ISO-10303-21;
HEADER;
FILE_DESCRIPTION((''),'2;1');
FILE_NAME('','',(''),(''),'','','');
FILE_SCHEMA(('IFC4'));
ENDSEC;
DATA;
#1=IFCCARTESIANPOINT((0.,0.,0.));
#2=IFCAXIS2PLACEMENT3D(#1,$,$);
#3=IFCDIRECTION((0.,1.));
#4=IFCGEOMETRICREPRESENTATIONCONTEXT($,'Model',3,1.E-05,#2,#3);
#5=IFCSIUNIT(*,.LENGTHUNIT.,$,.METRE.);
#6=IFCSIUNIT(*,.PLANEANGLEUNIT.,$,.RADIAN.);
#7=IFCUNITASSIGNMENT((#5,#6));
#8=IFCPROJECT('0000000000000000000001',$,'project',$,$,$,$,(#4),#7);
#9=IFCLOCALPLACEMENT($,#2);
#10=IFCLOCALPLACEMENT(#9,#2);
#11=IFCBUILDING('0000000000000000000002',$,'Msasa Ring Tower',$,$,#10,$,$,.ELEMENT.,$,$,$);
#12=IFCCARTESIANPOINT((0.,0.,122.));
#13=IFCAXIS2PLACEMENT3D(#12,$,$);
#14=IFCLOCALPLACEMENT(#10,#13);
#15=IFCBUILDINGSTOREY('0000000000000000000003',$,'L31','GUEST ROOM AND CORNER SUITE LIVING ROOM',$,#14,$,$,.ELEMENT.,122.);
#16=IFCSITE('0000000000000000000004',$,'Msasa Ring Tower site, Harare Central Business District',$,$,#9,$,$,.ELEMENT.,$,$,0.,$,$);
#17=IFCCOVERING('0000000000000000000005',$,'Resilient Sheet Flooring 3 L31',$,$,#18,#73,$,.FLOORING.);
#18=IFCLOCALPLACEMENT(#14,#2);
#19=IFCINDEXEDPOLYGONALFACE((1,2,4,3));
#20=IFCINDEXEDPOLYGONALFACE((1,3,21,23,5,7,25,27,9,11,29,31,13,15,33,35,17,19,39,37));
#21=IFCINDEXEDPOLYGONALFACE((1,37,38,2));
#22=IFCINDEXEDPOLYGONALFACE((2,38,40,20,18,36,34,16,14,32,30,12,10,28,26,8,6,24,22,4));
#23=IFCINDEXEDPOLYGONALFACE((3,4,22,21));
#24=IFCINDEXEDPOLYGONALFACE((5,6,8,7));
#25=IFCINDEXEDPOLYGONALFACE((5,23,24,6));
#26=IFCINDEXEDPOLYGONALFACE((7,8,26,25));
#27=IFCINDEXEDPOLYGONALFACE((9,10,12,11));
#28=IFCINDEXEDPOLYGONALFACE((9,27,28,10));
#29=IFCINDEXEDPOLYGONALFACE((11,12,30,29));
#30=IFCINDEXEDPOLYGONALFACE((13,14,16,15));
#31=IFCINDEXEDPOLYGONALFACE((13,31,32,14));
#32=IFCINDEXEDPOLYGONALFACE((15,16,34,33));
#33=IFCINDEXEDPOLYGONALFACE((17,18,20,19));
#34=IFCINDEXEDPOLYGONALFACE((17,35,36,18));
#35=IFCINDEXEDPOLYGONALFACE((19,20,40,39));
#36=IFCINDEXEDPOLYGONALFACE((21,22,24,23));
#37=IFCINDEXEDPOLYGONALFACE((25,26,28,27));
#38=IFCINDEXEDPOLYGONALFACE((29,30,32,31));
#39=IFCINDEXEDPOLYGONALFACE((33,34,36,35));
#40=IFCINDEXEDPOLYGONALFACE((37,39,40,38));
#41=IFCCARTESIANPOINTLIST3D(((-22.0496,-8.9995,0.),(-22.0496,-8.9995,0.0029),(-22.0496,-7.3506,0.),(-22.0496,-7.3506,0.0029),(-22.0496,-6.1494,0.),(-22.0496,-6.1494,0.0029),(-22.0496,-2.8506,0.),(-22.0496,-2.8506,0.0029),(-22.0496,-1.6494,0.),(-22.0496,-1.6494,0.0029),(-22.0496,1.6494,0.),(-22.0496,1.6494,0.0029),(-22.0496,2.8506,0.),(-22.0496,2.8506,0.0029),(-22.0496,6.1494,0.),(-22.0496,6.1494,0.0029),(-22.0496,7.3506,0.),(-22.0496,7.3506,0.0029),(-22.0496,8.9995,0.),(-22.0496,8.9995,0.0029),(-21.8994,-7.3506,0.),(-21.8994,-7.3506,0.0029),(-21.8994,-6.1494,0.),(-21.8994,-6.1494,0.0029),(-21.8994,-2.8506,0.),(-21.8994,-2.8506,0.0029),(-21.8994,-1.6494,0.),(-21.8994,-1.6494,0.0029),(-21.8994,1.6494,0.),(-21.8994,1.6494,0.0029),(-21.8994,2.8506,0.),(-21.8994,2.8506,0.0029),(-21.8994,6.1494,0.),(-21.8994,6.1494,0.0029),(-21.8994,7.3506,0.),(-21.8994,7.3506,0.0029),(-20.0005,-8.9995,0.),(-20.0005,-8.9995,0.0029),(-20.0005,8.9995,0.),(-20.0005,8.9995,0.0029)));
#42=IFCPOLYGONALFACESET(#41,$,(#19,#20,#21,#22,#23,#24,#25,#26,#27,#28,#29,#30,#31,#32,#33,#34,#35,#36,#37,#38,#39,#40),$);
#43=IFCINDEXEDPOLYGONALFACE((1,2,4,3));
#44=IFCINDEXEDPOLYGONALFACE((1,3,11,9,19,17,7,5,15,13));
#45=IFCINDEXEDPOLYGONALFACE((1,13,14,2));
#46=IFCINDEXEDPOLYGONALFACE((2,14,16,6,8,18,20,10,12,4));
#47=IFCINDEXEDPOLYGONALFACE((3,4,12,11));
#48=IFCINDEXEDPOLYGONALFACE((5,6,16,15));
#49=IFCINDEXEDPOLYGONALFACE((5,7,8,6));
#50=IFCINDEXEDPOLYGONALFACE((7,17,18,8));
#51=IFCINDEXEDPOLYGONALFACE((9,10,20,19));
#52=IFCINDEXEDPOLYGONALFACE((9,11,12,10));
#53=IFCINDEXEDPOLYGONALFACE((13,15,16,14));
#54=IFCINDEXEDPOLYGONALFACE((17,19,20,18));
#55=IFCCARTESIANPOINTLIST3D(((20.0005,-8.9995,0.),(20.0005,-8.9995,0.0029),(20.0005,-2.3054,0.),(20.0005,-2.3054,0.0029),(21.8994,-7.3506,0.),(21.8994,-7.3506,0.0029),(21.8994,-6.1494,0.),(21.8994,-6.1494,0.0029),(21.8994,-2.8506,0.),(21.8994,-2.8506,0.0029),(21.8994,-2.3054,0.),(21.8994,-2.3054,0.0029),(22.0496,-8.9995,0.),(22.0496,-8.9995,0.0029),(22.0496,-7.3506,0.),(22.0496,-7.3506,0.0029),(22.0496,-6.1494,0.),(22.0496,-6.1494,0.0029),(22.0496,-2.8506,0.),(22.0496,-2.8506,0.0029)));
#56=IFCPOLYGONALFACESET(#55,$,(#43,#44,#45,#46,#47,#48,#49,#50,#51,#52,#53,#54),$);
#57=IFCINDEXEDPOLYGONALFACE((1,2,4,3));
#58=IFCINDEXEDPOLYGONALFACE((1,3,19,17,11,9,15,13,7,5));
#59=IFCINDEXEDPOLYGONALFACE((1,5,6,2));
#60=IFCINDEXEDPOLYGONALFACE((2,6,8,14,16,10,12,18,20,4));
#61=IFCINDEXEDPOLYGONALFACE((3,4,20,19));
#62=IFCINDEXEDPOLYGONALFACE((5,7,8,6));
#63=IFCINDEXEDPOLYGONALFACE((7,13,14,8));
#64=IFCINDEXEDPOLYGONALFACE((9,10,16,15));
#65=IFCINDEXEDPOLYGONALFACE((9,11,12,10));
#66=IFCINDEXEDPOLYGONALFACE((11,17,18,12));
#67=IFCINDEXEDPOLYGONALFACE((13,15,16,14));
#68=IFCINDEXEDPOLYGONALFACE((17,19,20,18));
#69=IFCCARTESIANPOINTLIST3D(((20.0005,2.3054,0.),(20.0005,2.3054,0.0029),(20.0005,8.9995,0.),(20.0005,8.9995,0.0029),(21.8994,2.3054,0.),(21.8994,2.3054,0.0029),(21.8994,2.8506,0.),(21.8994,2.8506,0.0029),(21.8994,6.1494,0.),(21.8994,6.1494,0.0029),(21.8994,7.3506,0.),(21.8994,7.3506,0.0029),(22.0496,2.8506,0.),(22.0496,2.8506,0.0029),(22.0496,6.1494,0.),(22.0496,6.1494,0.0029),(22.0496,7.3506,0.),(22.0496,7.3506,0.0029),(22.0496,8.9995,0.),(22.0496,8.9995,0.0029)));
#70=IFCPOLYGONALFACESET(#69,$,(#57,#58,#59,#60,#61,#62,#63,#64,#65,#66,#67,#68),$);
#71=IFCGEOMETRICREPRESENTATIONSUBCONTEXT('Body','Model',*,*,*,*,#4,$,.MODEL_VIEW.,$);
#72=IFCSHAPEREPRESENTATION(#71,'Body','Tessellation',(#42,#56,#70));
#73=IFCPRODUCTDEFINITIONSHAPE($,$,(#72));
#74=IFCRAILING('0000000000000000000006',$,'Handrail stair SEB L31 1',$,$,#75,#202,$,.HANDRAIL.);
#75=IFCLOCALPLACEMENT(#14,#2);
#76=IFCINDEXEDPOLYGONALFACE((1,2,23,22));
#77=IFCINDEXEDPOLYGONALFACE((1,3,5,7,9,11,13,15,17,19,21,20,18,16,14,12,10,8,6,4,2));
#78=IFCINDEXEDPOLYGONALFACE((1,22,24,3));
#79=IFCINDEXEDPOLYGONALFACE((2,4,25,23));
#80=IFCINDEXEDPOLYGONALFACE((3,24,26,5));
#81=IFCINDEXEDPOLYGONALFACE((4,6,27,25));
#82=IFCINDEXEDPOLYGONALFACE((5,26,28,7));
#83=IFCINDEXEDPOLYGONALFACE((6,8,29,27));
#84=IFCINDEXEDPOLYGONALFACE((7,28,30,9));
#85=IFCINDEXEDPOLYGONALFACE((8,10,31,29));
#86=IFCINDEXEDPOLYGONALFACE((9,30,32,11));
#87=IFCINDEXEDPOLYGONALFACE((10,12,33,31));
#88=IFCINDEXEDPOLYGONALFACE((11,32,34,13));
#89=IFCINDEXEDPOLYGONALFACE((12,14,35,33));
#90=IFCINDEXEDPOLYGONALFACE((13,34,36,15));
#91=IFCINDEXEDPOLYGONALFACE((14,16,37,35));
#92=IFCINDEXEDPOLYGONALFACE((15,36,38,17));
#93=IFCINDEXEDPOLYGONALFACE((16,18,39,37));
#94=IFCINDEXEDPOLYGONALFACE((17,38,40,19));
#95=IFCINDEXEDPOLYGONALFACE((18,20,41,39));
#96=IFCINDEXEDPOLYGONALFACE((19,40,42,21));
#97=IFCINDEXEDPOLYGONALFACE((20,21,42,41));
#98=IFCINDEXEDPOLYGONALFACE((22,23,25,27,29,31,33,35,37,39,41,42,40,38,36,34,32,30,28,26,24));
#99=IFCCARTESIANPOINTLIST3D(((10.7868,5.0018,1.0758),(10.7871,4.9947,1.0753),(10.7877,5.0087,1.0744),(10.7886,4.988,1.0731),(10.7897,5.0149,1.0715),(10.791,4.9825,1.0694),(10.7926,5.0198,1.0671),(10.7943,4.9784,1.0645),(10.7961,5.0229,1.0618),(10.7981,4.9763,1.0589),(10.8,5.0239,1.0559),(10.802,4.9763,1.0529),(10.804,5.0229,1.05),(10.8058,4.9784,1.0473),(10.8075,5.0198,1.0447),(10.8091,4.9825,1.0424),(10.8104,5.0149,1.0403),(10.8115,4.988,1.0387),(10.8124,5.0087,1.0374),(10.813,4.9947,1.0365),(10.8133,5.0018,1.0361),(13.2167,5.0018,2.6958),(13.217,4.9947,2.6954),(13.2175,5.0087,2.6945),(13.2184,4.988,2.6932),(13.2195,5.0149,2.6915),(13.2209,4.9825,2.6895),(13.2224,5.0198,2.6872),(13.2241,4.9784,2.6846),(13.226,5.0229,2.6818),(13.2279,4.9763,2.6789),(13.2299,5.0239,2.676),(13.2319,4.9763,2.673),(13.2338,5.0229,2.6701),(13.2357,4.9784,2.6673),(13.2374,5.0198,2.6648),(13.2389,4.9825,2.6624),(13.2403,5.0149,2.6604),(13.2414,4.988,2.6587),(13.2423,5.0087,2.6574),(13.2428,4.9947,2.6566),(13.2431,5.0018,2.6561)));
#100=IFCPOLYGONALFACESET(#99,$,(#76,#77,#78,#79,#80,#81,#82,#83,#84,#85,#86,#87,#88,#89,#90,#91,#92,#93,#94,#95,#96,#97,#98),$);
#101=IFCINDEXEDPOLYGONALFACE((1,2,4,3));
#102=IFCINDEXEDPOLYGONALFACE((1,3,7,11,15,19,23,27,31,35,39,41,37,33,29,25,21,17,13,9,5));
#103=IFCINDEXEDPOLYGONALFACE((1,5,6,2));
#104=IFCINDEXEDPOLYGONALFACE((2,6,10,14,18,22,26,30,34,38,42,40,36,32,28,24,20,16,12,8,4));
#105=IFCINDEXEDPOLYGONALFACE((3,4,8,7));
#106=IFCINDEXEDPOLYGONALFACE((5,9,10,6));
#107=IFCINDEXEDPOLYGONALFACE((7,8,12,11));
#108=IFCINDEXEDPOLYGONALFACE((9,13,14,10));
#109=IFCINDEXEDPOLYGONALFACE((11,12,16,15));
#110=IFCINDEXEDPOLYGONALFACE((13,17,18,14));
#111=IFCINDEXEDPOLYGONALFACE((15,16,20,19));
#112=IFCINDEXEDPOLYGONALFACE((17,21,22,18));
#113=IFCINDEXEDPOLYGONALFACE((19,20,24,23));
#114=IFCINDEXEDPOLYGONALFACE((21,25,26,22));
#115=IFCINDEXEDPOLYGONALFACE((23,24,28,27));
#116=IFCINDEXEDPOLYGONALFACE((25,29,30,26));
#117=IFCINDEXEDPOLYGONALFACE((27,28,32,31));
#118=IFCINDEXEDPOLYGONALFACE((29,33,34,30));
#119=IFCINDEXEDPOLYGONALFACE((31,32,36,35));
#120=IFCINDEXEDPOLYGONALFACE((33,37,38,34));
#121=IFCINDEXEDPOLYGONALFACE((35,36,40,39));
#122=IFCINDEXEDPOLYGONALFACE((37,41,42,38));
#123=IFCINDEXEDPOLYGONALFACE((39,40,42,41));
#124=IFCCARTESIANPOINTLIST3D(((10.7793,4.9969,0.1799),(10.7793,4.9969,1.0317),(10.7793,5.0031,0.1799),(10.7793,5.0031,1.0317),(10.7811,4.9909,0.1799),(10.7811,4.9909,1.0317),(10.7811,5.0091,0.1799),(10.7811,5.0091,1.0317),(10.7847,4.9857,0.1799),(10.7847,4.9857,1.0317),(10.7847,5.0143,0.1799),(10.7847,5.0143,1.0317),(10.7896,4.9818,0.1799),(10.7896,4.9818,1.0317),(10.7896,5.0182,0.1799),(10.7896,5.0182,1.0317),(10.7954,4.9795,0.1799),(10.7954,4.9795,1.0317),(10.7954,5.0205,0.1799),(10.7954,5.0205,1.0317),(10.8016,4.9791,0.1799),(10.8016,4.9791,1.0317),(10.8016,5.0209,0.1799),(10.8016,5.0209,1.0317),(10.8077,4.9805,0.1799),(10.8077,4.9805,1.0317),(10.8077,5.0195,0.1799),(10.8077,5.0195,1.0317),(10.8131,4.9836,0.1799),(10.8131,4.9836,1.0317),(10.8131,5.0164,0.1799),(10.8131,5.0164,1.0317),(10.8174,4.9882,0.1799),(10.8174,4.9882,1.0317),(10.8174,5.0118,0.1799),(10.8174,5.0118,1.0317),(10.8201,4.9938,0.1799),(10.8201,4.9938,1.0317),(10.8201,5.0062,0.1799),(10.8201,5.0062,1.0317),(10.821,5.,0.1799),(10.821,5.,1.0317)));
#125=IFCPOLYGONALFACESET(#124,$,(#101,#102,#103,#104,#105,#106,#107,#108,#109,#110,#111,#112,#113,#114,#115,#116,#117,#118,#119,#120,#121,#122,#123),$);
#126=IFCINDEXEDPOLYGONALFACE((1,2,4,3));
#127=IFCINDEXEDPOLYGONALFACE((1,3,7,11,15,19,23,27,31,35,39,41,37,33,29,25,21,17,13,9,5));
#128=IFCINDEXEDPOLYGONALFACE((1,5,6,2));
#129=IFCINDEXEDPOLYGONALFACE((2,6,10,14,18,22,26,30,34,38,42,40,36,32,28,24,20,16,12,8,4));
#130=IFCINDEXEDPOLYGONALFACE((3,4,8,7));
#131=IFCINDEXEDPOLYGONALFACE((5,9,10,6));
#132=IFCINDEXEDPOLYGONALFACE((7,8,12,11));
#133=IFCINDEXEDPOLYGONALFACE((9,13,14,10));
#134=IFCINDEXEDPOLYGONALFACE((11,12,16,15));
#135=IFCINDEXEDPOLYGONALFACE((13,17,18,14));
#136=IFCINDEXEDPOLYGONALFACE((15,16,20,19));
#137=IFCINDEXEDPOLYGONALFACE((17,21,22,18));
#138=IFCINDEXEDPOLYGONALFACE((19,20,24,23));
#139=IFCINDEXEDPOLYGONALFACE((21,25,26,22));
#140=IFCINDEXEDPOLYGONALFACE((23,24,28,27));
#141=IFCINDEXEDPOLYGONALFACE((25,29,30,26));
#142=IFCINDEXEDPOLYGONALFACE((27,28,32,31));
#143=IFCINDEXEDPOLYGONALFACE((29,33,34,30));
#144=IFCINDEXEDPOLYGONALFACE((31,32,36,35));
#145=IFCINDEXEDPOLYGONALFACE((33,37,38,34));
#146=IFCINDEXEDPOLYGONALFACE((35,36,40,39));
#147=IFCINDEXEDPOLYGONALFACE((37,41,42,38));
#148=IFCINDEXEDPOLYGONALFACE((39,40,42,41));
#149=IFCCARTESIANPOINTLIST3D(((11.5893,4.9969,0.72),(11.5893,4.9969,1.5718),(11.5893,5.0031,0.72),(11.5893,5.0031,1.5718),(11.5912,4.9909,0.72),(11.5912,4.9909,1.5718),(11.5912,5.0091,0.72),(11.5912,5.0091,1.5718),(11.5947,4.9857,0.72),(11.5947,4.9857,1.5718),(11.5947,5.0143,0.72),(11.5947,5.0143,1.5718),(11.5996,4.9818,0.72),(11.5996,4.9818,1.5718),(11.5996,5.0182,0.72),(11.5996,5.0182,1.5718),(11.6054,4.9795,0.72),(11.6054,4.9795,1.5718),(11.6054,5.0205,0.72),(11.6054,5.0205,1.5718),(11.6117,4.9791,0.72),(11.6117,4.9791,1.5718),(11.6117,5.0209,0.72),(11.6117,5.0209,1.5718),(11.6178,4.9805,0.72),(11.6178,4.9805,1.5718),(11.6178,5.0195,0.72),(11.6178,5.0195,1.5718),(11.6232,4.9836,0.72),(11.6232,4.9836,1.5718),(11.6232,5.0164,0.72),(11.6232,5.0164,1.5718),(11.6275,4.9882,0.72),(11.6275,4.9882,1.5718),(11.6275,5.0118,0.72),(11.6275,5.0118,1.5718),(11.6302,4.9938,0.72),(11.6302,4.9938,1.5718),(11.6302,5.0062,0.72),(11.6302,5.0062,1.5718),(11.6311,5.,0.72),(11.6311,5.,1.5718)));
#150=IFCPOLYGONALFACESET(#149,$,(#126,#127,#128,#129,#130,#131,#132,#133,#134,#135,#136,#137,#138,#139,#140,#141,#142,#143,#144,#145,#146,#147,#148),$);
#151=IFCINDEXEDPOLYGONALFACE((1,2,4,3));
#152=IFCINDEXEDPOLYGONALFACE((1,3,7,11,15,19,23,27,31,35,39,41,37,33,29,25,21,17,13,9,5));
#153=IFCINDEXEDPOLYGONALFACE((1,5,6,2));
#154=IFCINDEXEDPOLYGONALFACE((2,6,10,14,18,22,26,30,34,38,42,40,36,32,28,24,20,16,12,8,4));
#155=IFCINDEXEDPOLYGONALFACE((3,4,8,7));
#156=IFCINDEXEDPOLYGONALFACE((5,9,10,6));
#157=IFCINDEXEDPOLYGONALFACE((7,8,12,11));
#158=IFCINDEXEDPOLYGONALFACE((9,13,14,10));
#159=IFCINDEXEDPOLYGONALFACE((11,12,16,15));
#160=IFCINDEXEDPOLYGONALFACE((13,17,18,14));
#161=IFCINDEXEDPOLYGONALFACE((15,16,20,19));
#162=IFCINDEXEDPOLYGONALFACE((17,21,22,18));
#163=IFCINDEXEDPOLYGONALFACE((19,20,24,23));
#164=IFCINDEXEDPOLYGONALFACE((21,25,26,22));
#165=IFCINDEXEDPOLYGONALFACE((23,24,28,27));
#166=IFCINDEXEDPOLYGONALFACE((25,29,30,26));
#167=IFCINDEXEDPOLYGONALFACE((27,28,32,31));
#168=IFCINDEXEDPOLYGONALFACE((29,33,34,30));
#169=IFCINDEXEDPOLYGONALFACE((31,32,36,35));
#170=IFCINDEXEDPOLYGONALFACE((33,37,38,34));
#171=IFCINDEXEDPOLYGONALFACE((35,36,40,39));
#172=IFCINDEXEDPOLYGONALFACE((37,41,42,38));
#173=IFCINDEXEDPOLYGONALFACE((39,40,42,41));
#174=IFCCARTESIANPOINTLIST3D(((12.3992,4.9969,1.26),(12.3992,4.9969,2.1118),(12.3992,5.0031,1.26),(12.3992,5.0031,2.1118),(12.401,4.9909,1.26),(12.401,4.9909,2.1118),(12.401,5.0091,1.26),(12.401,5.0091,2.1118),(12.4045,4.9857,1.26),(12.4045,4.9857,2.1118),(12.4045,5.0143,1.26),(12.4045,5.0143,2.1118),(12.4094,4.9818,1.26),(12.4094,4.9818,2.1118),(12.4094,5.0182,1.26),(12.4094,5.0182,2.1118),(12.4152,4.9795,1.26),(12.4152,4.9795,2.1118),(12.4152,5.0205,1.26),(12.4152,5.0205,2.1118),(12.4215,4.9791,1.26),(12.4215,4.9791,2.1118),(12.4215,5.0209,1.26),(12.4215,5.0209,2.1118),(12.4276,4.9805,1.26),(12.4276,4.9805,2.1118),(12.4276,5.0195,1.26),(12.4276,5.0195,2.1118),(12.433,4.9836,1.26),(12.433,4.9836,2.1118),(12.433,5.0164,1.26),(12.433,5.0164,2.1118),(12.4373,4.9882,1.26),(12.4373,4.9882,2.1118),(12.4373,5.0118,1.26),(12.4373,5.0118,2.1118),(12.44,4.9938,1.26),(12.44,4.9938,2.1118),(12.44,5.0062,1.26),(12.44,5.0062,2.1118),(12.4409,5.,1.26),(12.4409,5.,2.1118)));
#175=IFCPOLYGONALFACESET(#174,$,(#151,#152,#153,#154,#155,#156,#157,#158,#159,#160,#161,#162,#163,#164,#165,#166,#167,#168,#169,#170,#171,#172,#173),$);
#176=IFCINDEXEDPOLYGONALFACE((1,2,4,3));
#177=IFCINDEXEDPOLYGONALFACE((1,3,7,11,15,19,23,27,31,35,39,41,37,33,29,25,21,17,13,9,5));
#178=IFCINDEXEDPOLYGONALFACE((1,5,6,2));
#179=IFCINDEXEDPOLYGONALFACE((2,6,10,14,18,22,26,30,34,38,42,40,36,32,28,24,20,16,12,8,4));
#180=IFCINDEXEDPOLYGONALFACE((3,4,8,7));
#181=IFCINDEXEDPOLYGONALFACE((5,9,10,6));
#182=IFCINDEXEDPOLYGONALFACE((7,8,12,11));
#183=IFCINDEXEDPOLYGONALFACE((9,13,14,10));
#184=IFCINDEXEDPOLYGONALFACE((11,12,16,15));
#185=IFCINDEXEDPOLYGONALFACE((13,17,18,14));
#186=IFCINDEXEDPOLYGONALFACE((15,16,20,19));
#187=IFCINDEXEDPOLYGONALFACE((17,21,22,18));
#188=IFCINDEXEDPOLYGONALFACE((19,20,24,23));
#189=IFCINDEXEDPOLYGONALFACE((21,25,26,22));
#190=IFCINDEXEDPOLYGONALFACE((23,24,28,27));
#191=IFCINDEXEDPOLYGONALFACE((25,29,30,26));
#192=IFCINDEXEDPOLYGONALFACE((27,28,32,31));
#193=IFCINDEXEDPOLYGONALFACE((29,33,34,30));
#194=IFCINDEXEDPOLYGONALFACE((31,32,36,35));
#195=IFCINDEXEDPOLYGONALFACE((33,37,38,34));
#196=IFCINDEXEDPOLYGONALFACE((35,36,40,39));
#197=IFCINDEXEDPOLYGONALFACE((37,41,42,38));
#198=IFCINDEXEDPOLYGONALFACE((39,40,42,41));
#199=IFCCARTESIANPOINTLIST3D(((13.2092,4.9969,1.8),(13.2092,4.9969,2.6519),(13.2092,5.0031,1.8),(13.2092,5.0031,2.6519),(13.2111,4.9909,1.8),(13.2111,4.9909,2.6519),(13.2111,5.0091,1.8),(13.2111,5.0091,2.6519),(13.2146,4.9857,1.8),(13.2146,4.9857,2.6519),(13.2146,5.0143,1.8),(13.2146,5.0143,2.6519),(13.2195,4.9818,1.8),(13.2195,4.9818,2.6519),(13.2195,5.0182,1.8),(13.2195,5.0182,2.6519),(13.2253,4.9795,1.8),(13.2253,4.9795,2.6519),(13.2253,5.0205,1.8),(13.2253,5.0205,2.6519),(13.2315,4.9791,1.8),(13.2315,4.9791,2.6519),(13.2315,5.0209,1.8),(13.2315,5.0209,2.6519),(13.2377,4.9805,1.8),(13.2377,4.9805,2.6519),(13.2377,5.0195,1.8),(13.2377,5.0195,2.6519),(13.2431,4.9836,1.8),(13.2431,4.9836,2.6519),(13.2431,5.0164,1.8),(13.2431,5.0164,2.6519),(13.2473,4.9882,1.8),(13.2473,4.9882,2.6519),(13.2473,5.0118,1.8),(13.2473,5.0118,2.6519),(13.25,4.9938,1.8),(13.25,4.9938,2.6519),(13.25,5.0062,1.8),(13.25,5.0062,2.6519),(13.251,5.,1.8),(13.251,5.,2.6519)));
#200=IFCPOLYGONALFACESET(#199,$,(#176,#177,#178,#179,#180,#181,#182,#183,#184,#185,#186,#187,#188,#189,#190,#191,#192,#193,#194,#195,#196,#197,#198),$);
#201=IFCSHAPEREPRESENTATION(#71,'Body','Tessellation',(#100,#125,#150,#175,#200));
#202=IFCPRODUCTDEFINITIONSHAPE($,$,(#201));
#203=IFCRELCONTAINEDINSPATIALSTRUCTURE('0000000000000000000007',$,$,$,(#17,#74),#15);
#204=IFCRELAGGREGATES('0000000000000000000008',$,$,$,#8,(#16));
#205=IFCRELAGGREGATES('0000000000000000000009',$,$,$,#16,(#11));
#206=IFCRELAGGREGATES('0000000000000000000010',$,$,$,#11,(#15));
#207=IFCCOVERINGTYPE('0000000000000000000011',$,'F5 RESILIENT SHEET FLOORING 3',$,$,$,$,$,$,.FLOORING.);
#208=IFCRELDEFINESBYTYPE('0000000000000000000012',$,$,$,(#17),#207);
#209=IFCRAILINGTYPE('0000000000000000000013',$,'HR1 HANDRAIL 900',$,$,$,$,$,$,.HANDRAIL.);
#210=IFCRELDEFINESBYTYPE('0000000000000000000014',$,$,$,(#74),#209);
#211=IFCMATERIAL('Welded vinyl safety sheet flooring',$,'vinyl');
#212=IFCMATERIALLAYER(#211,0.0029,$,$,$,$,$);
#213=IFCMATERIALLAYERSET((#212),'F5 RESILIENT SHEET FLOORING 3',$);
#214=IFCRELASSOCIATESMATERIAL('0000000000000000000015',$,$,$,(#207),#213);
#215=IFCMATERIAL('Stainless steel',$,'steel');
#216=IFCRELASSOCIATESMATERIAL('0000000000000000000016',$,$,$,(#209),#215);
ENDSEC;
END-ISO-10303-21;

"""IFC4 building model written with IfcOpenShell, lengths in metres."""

from ifc_helpers import new_model, si_unit, direction, frame, origin, origin_2d, place, context, subcontext, project, spatial, line, indexed_curve, circle, outline, extrude, material, layer, layer_set, type_object, element, save


model = new_model("IFC4")

# Units and contexts
model_context = context("Model", 3, precision=1e-05, world=origin(), true_north=direction((0.0, 1.0)))
body_context = subcontext(model_context, "Body", "Model", "MODEL_VIEW")
ifc_project = project(units=[si_unit("LENGTHUNIT", "METRE"), si_unit("PLANEANGLEUNIT", "RADIAN")], contexts=[model_context])

# Site, building, storey
site_placement = place(None, origin())
site = spatial("IfcSite", under=ifc_project, at=site_placement, Name="Msasa Ring Tower site, Harare Central Business District", CompositionType="ELEMENT", RefElevation=0.0)
building_placement = place(site_placement, origin())
building = spatial("IfcBuilding", under=site, at=building_placement, Name="Msasa Ring Tower", CompositionType="ELEMENT")
storey_placement = place(building_placement, frame((0.0, 0.0, 122.0)))
storey = spatial("IfcBuildingStorey", under=building, at=storey_placement, Name="L31", Description="GUEST ROOM AND CORNER SUITE LIVING ROOM", CompositionType="ELEMENT", Elevation=122.0)

# Covering
ifc_material_1 = material(Name="Welded vinyl safety sheet flooring", Category="vinyl")
ifc_layer_1 = layer(ifc_material_1, 0.0029)
ifc_layer_set_1 = layer_set([ifc_layer_1], Name="F5 RESILIENT SHEET FLOORING 3")
covering_type_1 = type_object("IfcCoveringType", Name="F5 RESILIENT SHEET FLOORING 3", PredefinedType="FLOORING", material=ifc_layer_set_1)
covering_1_placement = place(storey_placement, origin())
element("IfcCovering", 1, at=covering_1_placement, inside=storey, type_object=covering_type_1, Name="Resilient Sheet Flooring 3 L31", PredefinedType="FLOORING", context=body_context, shape_type="SweptSolid", body=[
    extrude(outline(indexed_curve([(-20.0005, 8.9995), (-20.0005, -8.9995), (-22.0496, -8.9995), (-22.0496, -7.3506), (-21.8994, -7.3506), (-21.8994, -6.1494), (-22.0496, -6.1494), (-22.0496, -2.8506), (-21.8994, -2.8506), (-21.8994, -1.6494), (-22.0496, -1.6494), (-22.0496, 1.6494), (-21.8994, 1.6494), (-21.8994, 2.8506), (-22.0496, 2.8506), (-22.0496, 6.1494), (-21.8994, 6.1494), (-21.8994, 7.3506), (-22.0496, 7.3506), (-22.0496, 8.9995)], segments=[line(1, 2, 3, 4, 5, 6, 7, 8, 9, 10, 11, 12, 13, 14, 15, 16, 17, 18, 19, 20, 1)], self_intersect=False)), origin(), (0.0, 0.0, 1.0), 0.0029),
    extrude(outline(indexed_curve([(21.8994, -2.3054), (21.8994, -2.8506), (22.0496, -2.8506), (22.0496, -6.1494), (21.8994, -6.1494), (21.8994, -7.3506), (22.0496, -7.3506), (22.0496, -8.9995), (20.0005, -8.9995), (20.0005, -2.3054)], segments=[line(1, 2, 3, 4, 5, 6, 7, 8, 9, 10, 1)], self_intersect=False)), origin(), (0.0, 0.0, 1.0), 0.0029),
    extrude(outline(indexed_curve([(22.0496, 7.3506), (21.8994, 7.3506), (21.8994, 6.1494), (22.0496, 6.1494), (22.0496, 2.8506), (21.8994, 2.8506), (21.8994, 2.3054), (20.0005, 2.3054), (20.0005, 8.9995), (22.0496, 8.9995)], segments=[line(1, 2, 3, 4, 5, 6, 7, 8, 9, 10, 1)], self_intersect=False)), origin(), (0.0, 0.0, 1.0), 0.0029),
])

# Railing
ifc_material_2 = material(Name="Stainless steel", Category="steel")
railing_type = type_object("IfcRailingType", Name="HR1 HANDRAIL 900", PredefinedType="HANDRAIL", material=ifc_material_2)
for number, where, name in (
    (2, (10.8, 5.0, 0.1799), "Handrail stair SEB L31 1"),
):
    element("IfcRailing", number, at=place(storey_placement, frame(where)), inside=storey, type_object=railing_type, Name=name, PredefinedType="HANDRAIL", context=body_context, shape_type="SweptSolid", body=[
        extrude(circle(Radius=0.0239, at=origin_2d()), frame((0.0, 0.0, 0.876), z_axis=(0.832025, 0.0, 0.554739), x_axis=(0.0, 1.0, 0.0)), (0.0, 0.0, 1.0), 2.9204),
        extrude(circle(Radius=0.021, at=origin_2d()), origin(), (0.0, 0.0, 1.0), 0.8518),
        extrude(circle(Radius=0.021, at=origin_2d()), frame((0.8101, 0.0, 0.54)), (0.0, 0.0, 1.0), 0.8518),
        extrude(circle(Radius=0.021, at=origin_2d()), frame((1.6199, 0.0, 1.0801)), (0.0, 0.0, 1.0), 0.8518),
        extrude(circle(Radius=0.021, at=origin_2d()), frame((2.4299, 0.0, 1.6201)), (0.0, 0.0, 1.0), 0.8518),
    ])

save(model, "model.ifc")
